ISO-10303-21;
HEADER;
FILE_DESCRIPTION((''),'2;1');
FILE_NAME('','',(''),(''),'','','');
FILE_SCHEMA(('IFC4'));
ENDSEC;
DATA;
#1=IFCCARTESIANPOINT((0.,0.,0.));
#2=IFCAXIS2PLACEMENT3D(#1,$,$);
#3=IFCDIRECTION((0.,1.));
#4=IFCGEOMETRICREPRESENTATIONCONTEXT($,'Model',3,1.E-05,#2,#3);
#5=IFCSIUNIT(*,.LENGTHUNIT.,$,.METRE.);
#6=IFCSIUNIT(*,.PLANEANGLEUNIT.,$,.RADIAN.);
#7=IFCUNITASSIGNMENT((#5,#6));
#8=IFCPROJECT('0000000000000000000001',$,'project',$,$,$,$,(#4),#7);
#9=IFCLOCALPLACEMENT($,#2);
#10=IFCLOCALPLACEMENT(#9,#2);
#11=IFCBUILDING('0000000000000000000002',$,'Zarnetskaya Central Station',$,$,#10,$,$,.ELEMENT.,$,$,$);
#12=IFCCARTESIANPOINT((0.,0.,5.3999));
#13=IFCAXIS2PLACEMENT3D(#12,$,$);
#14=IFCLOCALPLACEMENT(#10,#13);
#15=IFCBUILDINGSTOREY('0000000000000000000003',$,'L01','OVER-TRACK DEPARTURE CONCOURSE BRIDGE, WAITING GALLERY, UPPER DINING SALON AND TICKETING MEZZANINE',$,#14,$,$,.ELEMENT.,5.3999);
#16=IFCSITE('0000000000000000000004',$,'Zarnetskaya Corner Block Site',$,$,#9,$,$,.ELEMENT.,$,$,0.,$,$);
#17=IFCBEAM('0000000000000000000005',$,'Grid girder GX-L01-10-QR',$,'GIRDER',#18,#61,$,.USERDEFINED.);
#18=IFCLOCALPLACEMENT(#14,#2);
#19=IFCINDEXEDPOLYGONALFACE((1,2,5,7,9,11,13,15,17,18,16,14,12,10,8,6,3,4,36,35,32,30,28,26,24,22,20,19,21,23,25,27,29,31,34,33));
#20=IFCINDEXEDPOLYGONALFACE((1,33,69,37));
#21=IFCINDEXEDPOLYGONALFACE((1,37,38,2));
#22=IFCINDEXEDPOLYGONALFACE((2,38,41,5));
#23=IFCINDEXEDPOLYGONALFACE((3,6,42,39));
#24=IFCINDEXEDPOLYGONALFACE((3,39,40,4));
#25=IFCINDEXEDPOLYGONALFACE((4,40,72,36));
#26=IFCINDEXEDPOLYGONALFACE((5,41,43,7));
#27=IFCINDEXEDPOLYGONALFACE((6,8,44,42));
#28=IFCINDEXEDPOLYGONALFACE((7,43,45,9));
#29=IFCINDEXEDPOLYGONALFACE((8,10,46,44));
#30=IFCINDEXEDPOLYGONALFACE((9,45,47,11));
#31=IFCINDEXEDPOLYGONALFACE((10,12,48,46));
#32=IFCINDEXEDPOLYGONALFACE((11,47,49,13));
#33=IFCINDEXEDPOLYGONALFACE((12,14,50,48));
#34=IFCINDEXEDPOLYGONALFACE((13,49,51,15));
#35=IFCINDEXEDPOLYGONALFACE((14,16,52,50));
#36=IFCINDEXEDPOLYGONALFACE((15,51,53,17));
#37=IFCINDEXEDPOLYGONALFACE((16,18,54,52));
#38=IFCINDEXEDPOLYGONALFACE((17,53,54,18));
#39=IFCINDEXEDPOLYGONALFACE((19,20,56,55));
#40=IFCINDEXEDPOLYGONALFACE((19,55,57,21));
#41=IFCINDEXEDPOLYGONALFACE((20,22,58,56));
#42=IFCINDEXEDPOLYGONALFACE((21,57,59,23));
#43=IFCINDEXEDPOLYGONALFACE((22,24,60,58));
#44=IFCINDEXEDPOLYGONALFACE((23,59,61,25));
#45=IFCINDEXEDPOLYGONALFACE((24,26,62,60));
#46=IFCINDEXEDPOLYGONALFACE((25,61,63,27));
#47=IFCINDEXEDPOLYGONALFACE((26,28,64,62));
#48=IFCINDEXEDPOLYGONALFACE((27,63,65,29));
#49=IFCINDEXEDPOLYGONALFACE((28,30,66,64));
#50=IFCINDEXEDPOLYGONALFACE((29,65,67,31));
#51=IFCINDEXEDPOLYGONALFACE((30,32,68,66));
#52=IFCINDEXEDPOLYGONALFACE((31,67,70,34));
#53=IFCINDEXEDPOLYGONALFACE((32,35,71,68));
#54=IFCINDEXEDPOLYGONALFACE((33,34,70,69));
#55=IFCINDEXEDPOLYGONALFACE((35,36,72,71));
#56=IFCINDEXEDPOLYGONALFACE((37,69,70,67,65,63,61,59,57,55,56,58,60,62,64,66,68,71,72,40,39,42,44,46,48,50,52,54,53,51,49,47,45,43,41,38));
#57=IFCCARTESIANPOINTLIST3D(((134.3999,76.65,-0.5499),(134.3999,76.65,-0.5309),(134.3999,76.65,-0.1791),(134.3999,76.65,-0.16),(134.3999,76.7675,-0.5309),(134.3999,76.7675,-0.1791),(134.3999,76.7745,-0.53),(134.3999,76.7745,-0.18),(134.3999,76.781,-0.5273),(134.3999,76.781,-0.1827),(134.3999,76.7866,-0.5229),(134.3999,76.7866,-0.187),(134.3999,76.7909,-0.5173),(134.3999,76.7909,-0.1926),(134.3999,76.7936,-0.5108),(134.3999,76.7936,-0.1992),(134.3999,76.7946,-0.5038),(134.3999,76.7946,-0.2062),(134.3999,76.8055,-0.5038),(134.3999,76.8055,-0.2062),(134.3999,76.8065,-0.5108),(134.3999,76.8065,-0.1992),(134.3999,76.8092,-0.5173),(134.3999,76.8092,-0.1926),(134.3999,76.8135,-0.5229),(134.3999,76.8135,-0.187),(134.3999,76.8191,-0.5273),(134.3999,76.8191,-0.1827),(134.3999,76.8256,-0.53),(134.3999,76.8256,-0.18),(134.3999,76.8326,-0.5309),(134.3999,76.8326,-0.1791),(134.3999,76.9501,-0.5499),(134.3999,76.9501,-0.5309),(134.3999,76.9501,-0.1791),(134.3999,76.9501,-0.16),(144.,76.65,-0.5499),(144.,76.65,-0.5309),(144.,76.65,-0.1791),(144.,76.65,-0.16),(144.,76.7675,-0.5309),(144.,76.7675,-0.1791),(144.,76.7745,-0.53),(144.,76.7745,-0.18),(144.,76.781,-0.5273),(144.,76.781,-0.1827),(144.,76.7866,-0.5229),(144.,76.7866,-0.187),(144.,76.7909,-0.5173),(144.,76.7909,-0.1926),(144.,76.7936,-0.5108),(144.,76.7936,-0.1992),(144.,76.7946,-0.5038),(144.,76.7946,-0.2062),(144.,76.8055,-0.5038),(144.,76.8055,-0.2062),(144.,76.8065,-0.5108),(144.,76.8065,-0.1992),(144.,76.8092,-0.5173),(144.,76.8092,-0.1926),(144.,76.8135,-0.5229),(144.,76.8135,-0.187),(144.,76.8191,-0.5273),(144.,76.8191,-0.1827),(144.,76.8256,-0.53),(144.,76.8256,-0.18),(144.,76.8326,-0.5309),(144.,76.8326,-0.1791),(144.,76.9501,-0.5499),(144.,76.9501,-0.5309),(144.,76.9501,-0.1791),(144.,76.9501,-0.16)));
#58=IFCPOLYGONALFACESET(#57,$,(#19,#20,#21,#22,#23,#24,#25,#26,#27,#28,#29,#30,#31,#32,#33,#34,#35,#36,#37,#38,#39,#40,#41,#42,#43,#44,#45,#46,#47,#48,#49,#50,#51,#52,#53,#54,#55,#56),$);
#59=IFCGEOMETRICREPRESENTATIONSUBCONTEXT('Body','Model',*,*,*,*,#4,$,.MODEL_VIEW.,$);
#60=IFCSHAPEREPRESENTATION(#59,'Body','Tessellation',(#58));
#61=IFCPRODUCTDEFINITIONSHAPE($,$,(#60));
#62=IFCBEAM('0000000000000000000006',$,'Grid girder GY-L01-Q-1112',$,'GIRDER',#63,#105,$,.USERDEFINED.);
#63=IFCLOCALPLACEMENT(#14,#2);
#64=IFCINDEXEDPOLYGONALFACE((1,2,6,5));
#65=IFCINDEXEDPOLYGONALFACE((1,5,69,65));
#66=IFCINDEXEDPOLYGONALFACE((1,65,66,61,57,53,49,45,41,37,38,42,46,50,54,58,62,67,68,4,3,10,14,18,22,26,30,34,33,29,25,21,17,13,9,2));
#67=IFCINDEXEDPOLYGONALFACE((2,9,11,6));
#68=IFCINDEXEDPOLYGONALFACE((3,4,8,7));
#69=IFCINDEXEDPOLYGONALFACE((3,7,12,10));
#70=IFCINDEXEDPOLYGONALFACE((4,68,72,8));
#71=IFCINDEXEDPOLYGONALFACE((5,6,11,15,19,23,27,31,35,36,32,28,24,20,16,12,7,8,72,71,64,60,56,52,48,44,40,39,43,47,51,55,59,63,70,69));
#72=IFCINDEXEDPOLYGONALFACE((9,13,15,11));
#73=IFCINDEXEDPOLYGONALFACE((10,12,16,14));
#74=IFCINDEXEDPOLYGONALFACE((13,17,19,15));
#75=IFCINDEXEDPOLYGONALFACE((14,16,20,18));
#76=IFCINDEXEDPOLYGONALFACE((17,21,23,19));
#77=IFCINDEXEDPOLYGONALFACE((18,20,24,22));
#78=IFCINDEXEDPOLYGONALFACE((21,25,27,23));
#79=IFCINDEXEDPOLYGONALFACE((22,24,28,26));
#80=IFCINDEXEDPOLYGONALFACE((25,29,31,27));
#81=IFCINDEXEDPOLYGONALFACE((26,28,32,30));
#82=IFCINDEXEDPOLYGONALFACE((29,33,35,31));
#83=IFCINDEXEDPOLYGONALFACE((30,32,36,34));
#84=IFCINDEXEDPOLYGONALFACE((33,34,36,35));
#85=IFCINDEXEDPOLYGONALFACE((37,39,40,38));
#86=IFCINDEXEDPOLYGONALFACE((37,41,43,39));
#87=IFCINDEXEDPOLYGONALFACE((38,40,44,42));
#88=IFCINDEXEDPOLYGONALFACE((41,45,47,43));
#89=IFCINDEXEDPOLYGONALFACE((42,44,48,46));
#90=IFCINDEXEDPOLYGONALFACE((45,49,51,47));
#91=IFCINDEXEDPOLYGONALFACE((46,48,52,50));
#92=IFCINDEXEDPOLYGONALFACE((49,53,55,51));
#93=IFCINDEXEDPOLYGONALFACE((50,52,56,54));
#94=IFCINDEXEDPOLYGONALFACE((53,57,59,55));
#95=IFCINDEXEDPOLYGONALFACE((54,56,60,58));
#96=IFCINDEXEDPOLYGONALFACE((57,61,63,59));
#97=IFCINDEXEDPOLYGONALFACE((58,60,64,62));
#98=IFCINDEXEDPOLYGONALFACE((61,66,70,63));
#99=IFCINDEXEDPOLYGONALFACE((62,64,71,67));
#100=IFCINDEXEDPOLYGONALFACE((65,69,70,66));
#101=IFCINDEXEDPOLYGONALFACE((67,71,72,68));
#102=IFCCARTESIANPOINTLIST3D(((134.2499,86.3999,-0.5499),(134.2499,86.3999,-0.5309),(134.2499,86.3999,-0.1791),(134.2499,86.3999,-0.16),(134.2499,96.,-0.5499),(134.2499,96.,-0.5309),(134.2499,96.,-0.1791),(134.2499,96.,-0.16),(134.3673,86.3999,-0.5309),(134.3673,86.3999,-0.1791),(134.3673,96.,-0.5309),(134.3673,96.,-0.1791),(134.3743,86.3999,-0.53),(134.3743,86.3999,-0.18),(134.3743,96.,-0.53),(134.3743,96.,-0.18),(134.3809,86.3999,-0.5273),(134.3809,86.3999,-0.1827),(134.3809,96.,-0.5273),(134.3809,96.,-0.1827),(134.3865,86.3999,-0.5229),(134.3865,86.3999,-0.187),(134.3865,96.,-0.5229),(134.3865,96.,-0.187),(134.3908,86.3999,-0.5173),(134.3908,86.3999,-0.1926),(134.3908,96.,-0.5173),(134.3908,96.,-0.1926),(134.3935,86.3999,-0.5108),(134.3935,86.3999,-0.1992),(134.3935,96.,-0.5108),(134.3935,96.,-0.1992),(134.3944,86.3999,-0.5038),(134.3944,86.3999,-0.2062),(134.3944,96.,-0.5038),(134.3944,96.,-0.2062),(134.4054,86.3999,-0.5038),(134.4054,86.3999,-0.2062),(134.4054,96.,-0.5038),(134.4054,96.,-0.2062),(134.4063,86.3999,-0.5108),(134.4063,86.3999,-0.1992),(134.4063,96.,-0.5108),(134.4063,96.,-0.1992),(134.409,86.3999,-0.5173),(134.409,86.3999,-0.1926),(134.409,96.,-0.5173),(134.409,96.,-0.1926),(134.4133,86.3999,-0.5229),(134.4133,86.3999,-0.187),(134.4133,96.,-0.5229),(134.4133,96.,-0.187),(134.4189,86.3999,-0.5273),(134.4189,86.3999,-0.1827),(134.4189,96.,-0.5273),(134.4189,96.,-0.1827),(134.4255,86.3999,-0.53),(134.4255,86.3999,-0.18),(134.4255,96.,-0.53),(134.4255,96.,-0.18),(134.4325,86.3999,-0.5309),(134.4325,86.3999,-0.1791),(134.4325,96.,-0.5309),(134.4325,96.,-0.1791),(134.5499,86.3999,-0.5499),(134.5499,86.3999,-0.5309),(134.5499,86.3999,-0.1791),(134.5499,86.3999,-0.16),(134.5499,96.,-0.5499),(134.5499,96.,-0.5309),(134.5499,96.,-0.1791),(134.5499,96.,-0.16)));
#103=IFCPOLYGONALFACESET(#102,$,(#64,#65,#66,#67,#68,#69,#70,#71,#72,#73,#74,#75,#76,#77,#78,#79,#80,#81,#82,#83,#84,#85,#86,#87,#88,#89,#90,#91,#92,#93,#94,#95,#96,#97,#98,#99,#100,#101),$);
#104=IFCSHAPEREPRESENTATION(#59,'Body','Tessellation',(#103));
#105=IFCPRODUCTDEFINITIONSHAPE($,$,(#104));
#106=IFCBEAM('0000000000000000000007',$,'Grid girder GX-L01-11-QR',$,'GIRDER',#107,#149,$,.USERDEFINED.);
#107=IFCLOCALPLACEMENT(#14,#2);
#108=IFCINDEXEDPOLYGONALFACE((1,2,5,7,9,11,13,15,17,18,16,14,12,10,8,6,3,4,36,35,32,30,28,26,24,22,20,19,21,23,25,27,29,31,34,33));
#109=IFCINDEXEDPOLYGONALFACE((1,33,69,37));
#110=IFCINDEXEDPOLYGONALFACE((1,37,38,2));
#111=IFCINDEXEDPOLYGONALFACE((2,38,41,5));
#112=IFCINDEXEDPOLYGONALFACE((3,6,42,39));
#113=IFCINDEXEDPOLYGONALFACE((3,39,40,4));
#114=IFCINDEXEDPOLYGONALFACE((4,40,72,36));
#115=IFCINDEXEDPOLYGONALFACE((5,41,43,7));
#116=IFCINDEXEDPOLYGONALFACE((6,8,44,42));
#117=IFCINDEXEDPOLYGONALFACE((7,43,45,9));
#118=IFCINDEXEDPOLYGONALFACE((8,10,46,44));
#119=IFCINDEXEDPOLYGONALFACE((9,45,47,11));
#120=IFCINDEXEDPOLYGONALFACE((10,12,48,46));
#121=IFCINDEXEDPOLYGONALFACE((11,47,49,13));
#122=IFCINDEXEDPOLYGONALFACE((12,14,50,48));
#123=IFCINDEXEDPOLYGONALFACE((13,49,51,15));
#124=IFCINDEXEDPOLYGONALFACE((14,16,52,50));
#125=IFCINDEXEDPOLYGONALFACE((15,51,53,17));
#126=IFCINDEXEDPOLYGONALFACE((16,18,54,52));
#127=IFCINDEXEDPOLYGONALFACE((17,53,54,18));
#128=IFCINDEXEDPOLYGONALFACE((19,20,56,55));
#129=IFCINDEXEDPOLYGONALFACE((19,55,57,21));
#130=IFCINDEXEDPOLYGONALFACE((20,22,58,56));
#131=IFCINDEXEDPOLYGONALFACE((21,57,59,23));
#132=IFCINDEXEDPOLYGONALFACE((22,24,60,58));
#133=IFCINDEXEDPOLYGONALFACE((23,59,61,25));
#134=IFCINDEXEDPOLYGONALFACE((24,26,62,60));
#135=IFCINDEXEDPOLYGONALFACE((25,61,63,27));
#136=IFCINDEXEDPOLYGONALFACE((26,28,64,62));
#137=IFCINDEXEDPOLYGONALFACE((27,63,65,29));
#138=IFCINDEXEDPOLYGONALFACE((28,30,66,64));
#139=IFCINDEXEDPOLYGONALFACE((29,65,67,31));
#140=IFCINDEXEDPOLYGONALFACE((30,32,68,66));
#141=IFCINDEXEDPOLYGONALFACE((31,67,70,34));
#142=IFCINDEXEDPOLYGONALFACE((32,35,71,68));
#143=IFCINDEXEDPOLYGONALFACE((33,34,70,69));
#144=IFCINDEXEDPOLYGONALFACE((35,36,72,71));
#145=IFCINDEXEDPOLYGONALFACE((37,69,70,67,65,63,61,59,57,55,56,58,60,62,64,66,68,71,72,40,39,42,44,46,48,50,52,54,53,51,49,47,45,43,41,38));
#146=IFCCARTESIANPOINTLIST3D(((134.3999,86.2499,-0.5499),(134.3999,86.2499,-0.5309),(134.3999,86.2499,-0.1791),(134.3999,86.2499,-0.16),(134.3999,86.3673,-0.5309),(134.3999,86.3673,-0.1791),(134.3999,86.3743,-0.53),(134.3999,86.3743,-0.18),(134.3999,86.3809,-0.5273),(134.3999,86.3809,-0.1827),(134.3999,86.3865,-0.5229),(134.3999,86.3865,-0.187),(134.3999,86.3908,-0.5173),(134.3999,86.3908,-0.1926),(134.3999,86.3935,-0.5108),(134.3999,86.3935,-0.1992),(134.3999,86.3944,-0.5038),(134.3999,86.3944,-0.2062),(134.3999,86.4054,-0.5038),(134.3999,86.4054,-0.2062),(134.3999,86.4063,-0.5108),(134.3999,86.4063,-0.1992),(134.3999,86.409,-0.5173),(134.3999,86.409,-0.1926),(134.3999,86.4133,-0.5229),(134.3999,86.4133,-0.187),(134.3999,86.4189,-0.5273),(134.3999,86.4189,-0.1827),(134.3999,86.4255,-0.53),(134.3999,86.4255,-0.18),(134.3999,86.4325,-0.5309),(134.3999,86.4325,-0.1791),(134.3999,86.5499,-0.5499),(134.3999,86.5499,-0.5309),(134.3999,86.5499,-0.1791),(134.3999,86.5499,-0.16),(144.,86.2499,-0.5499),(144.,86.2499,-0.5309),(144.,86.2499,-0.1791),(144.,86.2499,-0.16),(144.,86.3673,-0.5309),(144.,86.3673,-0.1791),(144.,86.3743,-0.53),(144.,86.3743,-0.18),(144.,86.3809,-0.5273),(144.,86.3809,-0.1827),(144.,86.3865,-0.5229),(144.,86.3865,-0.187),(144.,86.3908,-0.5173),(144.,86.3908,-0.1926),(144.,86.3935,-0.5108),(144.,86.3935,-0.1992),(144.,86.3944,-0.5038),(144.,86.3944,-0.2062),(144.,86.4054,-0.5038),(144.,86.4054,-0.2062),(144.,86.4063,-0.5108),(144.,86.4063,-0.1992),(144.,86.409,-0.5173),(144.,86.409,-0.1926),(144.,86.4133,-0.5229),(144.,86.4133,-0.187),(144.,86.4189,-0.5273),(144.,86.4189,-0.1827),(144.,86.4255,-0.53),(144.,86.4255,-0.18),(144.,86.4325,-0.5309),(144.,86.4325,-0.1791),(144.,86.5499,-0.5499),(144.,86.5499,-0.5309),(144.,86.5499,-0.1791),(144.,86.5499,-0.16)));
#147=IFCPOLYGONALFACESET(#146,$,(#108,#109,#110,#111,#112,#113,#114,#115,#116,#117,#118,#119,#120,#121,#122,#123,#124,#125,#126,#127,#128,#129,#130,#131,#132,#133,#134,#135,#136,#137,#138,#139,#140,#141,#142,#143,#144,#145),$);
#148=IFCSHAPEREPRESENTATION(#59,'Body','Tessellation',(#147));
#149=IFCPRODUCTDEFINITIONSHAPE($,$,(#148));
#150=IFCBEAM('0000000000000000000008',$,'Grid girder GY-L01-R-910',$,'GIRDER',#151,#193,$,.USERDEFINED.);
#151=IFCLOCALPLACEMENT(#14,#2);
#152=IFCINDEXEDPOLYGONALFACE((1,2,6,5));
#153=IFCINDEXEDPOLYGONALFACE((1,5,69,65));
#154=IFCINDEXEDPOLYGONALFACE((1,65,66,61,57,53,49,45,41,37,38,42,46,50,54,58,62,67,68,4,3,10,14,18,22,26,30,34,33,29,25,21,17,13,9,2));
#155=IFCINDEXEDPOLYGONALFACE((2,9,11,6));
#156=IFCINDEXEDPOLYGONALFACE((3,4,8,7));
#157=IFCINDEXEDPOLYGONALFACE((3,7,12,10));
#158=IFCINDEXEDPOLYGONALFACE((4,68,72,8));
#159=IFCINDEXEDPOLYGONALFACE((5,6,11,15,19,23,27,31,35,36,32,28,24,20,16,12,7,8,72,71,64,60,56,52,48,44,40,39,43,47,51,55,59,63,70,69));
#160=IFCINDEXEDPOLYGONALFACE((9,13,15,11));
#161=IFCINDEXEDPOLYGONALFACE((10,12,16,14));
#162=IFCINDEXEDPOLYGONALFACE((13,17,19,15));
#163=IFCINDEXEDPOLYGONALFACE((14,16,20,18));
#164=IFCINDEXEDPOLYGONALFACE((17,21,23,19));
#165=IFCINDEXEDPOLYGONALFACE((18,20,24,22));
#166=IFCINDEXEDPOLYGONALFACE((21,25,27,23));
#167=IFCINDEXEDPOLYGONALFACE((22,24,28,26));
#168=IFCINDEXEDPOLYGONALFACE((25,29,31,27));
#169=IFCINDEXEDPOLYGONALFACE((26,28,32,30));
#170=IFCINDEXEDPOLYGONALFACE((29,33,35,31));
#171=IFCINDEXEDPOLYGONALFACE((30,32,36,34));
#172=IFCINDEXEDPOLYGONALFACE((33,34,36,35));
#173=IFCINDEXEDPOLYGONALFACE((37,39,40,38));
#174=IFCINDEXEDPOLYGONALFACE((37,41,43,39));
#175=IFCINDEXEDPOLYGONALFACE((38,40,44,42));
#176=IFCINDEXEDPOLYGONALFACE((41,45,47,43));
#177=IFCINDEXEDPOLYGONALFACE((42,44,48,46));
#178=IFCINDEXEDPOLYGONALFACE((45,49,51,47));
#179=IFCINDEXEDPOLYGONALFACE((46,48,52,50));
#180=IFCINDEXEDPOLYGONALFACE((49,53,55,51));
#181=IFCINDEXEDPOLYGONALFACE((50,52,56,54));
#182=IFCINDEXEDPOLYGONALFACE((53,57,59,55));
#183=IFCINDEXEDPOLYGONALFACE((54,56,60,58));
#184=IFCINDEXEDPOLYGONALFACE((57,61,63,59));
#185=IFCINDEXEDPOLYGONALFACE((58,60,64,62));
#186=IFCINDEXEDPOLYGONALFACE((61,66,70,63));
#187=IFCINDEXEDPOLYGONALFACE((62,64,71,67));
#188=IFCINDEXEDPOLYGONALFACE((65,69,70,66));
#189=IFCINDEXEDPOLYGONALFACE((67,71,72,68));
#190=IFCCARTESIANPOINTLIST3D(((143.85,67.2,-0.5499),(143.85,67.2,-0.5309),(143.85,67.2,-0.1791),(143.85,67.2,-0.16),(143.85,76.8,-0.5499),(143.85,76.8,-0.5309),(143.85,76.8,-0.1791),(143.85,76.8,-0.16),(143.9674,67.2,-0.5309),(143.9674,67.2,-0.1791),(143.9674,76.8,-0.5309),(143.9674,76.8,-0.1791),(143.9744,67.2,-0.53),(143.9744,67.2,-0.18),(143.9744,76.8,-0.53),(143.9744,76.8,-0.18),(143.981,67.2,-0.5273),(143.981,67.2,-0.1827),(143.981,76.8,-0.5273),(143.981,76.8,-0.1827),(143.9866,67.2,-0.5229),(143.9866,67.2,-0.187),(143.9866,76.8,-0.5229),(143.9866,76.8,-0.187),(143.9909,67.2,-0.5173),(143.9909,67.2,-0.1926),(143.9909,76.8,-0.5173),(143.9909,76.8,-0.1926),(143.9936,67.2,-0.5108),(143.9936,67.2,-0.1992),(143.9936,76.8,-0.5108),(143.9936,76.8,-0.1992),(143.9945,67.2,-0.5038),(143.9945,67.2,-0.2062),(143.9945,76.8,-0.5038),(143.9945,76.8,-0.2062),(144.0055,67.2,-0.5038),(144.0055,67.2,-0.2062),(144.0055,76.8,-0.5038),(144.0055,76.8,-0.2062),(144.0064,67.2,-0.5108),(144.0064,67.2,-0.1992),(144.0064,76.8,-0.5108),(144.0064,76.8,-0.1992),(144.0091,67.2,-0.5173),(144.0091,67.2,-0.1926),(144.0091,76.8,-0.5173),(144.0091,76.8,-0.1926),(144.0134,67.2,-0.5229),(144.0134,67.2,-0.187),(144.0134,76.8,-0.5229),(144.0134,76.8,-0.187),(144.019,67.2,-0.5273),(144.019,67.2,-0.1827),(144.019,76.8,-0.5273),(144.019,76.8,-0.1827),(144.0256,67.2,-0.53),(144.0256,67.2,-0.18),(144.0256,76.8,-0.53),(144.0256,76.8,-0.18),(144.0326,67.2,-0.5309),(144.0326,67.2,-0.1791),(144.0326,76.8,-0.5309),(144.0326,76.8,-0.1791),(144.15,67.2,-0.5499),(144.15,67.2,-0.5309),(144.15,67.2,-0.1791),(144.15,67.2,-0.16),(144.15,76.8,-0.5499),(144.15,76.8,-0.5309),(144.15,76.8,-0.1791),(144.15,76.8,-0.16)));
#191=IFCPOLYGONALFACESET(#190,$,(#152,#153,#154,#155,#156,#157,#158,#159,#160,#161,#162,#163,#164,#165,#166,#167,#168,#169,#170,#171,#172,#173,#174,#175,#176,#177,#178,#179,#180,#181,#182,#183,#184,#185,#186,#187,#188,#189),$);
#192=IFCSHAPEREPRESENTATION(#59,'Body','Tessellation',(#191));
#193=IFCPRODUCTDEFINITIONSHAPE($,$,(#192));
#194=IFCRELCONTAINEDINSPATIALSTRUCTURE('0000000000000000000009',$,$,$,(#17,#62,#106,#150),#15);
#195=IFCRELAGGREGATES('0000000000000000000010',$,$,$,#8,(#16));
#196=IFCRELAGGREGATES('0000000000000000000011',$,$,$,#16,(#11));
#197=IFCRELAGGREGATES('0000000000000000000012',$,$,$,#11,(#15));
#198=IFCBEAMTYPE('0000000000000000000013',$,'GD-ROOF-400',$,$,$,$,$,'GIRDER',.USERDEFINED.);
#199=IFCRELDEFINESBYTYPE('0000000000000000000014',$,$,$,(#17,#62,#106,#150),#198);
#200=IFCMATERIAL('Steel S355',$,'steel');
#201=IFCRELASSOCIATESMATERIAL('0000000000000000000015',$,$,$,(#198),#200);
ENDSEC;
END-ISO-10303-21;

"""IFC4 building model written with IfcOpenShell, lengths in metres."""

from ifc_helpers import new_model, si_unit, direction, frame, origin, origin_2d, place, context, subcontext, project, spatial, i_section, extrude, material, material_profile, profile_set, type_object, element, save


model = new_model("IFC4")

# Units and contexts
model_context = context("Model", 3, precision=1e-05, world=origin(), true_north=direction((0.0, 1.0)))
body_context = subcontext(model_context, "Body", "Model", "MODEL_VIEW")
ifc_project = project(units=[si_unit("LENGTHUNIT", "METRE"), si_unit("PLANEANGLEUNIT", "RADIAN")], contexts=[model_context])

# Site, building, storey
site_placement = place(None, origin())
site = spatial("IfcSite", under=ifc_project, at=site_placement, Name="Zarnetskaya Corner Block Site", CompositionType="ELEMENT", RefElevation=0.0)
building_placement = place(site_placement, origin())
building = spatial("IfcBuilding", under=site, at=building_placement, Name="Zarnetskaya Central Station", CompositionType="ELEMENT")
storey_placement = place(building_placement, frame((0.0, 0.0, 5.3999)))
storey = spatial("IfcBuildingStorey", under=building, at=storey_placement, Name="L01", Description="OVER-TRACK DEPARTURE CONCOURSE BRIDGE, WAITING GALLERY, UPPER DINING SALON AND TICKETING MEZZANINE", CompositionType="ELEMENT", Elevation=5.3999)

# Shared definitions
ifc_material_1 = material(Name="Steel S355", Category="steel")

# Beams
ifc_material_profile_1 = material_profile(ifc_material_1, i_section(OverallWidth=0.3, OverallDepth=0.3899, WebThickness=0.011, FlangeThickness=0.019, FilletRadius=0.0271, at=origin_2d()), Name="HEA 400")
ifc_profile_set_1 = profile_set([ifc_material_profile_1], Name="Steel S355")
beam_type_1 = type_object("IfcBeamType", Name="GD-ROOF-400", ElementType="GIRDER", PredefinedType="USERDEFINED", material=ifc_profile_set_1)
for number, where, z_axis, x_axis, name in (
    (1, (134.3999, 76.8, -0.355), (1.0, 0.0, 0.0), (0.0, 1.0, 0.0), "Grid girder GX-L01-10-QR"),
    (2, (134.3999, 86.3999, -0.355), (0.0, 1.0, 0.0), (-1.0, 0.0, 0.0), "Grid girder GY-L01-Q-1112"),
    (3, (134.3999, 86.3999, -0.355), (1.0, 0.0, 0.0), (0.0, 1.0, 0.0), "Grid girder GX-L01-11-QR"),
    (4, (144.0, 67.2, -0.355), (0.0, 1.0, 0.0), (-1.0, 0.0, 0.0), "Grid girder GY-L01-R-910"),
):
    element("IfcBeam", number, at=place(storey_placement, frame(where, z_axis=z_axis, x_axis=x_axis)), inside=storey, type_object=beam_type_1, Name=name, ObjectType="GIRDER", PredefinedType="USERDEFINED", context=body_context, shape_type="SweptSolid", body=[
        extrude(i_section(OverallWidth=0.3, OverallDepth=0.3899, WebThickness=0.011, FlangeThickness=0.019, FilletRadius=0.0271, at=origin_2d()), origin(), (0.0, 0.0, 1.0), 9.6001),
    ])

save(model, "model.ifc")
